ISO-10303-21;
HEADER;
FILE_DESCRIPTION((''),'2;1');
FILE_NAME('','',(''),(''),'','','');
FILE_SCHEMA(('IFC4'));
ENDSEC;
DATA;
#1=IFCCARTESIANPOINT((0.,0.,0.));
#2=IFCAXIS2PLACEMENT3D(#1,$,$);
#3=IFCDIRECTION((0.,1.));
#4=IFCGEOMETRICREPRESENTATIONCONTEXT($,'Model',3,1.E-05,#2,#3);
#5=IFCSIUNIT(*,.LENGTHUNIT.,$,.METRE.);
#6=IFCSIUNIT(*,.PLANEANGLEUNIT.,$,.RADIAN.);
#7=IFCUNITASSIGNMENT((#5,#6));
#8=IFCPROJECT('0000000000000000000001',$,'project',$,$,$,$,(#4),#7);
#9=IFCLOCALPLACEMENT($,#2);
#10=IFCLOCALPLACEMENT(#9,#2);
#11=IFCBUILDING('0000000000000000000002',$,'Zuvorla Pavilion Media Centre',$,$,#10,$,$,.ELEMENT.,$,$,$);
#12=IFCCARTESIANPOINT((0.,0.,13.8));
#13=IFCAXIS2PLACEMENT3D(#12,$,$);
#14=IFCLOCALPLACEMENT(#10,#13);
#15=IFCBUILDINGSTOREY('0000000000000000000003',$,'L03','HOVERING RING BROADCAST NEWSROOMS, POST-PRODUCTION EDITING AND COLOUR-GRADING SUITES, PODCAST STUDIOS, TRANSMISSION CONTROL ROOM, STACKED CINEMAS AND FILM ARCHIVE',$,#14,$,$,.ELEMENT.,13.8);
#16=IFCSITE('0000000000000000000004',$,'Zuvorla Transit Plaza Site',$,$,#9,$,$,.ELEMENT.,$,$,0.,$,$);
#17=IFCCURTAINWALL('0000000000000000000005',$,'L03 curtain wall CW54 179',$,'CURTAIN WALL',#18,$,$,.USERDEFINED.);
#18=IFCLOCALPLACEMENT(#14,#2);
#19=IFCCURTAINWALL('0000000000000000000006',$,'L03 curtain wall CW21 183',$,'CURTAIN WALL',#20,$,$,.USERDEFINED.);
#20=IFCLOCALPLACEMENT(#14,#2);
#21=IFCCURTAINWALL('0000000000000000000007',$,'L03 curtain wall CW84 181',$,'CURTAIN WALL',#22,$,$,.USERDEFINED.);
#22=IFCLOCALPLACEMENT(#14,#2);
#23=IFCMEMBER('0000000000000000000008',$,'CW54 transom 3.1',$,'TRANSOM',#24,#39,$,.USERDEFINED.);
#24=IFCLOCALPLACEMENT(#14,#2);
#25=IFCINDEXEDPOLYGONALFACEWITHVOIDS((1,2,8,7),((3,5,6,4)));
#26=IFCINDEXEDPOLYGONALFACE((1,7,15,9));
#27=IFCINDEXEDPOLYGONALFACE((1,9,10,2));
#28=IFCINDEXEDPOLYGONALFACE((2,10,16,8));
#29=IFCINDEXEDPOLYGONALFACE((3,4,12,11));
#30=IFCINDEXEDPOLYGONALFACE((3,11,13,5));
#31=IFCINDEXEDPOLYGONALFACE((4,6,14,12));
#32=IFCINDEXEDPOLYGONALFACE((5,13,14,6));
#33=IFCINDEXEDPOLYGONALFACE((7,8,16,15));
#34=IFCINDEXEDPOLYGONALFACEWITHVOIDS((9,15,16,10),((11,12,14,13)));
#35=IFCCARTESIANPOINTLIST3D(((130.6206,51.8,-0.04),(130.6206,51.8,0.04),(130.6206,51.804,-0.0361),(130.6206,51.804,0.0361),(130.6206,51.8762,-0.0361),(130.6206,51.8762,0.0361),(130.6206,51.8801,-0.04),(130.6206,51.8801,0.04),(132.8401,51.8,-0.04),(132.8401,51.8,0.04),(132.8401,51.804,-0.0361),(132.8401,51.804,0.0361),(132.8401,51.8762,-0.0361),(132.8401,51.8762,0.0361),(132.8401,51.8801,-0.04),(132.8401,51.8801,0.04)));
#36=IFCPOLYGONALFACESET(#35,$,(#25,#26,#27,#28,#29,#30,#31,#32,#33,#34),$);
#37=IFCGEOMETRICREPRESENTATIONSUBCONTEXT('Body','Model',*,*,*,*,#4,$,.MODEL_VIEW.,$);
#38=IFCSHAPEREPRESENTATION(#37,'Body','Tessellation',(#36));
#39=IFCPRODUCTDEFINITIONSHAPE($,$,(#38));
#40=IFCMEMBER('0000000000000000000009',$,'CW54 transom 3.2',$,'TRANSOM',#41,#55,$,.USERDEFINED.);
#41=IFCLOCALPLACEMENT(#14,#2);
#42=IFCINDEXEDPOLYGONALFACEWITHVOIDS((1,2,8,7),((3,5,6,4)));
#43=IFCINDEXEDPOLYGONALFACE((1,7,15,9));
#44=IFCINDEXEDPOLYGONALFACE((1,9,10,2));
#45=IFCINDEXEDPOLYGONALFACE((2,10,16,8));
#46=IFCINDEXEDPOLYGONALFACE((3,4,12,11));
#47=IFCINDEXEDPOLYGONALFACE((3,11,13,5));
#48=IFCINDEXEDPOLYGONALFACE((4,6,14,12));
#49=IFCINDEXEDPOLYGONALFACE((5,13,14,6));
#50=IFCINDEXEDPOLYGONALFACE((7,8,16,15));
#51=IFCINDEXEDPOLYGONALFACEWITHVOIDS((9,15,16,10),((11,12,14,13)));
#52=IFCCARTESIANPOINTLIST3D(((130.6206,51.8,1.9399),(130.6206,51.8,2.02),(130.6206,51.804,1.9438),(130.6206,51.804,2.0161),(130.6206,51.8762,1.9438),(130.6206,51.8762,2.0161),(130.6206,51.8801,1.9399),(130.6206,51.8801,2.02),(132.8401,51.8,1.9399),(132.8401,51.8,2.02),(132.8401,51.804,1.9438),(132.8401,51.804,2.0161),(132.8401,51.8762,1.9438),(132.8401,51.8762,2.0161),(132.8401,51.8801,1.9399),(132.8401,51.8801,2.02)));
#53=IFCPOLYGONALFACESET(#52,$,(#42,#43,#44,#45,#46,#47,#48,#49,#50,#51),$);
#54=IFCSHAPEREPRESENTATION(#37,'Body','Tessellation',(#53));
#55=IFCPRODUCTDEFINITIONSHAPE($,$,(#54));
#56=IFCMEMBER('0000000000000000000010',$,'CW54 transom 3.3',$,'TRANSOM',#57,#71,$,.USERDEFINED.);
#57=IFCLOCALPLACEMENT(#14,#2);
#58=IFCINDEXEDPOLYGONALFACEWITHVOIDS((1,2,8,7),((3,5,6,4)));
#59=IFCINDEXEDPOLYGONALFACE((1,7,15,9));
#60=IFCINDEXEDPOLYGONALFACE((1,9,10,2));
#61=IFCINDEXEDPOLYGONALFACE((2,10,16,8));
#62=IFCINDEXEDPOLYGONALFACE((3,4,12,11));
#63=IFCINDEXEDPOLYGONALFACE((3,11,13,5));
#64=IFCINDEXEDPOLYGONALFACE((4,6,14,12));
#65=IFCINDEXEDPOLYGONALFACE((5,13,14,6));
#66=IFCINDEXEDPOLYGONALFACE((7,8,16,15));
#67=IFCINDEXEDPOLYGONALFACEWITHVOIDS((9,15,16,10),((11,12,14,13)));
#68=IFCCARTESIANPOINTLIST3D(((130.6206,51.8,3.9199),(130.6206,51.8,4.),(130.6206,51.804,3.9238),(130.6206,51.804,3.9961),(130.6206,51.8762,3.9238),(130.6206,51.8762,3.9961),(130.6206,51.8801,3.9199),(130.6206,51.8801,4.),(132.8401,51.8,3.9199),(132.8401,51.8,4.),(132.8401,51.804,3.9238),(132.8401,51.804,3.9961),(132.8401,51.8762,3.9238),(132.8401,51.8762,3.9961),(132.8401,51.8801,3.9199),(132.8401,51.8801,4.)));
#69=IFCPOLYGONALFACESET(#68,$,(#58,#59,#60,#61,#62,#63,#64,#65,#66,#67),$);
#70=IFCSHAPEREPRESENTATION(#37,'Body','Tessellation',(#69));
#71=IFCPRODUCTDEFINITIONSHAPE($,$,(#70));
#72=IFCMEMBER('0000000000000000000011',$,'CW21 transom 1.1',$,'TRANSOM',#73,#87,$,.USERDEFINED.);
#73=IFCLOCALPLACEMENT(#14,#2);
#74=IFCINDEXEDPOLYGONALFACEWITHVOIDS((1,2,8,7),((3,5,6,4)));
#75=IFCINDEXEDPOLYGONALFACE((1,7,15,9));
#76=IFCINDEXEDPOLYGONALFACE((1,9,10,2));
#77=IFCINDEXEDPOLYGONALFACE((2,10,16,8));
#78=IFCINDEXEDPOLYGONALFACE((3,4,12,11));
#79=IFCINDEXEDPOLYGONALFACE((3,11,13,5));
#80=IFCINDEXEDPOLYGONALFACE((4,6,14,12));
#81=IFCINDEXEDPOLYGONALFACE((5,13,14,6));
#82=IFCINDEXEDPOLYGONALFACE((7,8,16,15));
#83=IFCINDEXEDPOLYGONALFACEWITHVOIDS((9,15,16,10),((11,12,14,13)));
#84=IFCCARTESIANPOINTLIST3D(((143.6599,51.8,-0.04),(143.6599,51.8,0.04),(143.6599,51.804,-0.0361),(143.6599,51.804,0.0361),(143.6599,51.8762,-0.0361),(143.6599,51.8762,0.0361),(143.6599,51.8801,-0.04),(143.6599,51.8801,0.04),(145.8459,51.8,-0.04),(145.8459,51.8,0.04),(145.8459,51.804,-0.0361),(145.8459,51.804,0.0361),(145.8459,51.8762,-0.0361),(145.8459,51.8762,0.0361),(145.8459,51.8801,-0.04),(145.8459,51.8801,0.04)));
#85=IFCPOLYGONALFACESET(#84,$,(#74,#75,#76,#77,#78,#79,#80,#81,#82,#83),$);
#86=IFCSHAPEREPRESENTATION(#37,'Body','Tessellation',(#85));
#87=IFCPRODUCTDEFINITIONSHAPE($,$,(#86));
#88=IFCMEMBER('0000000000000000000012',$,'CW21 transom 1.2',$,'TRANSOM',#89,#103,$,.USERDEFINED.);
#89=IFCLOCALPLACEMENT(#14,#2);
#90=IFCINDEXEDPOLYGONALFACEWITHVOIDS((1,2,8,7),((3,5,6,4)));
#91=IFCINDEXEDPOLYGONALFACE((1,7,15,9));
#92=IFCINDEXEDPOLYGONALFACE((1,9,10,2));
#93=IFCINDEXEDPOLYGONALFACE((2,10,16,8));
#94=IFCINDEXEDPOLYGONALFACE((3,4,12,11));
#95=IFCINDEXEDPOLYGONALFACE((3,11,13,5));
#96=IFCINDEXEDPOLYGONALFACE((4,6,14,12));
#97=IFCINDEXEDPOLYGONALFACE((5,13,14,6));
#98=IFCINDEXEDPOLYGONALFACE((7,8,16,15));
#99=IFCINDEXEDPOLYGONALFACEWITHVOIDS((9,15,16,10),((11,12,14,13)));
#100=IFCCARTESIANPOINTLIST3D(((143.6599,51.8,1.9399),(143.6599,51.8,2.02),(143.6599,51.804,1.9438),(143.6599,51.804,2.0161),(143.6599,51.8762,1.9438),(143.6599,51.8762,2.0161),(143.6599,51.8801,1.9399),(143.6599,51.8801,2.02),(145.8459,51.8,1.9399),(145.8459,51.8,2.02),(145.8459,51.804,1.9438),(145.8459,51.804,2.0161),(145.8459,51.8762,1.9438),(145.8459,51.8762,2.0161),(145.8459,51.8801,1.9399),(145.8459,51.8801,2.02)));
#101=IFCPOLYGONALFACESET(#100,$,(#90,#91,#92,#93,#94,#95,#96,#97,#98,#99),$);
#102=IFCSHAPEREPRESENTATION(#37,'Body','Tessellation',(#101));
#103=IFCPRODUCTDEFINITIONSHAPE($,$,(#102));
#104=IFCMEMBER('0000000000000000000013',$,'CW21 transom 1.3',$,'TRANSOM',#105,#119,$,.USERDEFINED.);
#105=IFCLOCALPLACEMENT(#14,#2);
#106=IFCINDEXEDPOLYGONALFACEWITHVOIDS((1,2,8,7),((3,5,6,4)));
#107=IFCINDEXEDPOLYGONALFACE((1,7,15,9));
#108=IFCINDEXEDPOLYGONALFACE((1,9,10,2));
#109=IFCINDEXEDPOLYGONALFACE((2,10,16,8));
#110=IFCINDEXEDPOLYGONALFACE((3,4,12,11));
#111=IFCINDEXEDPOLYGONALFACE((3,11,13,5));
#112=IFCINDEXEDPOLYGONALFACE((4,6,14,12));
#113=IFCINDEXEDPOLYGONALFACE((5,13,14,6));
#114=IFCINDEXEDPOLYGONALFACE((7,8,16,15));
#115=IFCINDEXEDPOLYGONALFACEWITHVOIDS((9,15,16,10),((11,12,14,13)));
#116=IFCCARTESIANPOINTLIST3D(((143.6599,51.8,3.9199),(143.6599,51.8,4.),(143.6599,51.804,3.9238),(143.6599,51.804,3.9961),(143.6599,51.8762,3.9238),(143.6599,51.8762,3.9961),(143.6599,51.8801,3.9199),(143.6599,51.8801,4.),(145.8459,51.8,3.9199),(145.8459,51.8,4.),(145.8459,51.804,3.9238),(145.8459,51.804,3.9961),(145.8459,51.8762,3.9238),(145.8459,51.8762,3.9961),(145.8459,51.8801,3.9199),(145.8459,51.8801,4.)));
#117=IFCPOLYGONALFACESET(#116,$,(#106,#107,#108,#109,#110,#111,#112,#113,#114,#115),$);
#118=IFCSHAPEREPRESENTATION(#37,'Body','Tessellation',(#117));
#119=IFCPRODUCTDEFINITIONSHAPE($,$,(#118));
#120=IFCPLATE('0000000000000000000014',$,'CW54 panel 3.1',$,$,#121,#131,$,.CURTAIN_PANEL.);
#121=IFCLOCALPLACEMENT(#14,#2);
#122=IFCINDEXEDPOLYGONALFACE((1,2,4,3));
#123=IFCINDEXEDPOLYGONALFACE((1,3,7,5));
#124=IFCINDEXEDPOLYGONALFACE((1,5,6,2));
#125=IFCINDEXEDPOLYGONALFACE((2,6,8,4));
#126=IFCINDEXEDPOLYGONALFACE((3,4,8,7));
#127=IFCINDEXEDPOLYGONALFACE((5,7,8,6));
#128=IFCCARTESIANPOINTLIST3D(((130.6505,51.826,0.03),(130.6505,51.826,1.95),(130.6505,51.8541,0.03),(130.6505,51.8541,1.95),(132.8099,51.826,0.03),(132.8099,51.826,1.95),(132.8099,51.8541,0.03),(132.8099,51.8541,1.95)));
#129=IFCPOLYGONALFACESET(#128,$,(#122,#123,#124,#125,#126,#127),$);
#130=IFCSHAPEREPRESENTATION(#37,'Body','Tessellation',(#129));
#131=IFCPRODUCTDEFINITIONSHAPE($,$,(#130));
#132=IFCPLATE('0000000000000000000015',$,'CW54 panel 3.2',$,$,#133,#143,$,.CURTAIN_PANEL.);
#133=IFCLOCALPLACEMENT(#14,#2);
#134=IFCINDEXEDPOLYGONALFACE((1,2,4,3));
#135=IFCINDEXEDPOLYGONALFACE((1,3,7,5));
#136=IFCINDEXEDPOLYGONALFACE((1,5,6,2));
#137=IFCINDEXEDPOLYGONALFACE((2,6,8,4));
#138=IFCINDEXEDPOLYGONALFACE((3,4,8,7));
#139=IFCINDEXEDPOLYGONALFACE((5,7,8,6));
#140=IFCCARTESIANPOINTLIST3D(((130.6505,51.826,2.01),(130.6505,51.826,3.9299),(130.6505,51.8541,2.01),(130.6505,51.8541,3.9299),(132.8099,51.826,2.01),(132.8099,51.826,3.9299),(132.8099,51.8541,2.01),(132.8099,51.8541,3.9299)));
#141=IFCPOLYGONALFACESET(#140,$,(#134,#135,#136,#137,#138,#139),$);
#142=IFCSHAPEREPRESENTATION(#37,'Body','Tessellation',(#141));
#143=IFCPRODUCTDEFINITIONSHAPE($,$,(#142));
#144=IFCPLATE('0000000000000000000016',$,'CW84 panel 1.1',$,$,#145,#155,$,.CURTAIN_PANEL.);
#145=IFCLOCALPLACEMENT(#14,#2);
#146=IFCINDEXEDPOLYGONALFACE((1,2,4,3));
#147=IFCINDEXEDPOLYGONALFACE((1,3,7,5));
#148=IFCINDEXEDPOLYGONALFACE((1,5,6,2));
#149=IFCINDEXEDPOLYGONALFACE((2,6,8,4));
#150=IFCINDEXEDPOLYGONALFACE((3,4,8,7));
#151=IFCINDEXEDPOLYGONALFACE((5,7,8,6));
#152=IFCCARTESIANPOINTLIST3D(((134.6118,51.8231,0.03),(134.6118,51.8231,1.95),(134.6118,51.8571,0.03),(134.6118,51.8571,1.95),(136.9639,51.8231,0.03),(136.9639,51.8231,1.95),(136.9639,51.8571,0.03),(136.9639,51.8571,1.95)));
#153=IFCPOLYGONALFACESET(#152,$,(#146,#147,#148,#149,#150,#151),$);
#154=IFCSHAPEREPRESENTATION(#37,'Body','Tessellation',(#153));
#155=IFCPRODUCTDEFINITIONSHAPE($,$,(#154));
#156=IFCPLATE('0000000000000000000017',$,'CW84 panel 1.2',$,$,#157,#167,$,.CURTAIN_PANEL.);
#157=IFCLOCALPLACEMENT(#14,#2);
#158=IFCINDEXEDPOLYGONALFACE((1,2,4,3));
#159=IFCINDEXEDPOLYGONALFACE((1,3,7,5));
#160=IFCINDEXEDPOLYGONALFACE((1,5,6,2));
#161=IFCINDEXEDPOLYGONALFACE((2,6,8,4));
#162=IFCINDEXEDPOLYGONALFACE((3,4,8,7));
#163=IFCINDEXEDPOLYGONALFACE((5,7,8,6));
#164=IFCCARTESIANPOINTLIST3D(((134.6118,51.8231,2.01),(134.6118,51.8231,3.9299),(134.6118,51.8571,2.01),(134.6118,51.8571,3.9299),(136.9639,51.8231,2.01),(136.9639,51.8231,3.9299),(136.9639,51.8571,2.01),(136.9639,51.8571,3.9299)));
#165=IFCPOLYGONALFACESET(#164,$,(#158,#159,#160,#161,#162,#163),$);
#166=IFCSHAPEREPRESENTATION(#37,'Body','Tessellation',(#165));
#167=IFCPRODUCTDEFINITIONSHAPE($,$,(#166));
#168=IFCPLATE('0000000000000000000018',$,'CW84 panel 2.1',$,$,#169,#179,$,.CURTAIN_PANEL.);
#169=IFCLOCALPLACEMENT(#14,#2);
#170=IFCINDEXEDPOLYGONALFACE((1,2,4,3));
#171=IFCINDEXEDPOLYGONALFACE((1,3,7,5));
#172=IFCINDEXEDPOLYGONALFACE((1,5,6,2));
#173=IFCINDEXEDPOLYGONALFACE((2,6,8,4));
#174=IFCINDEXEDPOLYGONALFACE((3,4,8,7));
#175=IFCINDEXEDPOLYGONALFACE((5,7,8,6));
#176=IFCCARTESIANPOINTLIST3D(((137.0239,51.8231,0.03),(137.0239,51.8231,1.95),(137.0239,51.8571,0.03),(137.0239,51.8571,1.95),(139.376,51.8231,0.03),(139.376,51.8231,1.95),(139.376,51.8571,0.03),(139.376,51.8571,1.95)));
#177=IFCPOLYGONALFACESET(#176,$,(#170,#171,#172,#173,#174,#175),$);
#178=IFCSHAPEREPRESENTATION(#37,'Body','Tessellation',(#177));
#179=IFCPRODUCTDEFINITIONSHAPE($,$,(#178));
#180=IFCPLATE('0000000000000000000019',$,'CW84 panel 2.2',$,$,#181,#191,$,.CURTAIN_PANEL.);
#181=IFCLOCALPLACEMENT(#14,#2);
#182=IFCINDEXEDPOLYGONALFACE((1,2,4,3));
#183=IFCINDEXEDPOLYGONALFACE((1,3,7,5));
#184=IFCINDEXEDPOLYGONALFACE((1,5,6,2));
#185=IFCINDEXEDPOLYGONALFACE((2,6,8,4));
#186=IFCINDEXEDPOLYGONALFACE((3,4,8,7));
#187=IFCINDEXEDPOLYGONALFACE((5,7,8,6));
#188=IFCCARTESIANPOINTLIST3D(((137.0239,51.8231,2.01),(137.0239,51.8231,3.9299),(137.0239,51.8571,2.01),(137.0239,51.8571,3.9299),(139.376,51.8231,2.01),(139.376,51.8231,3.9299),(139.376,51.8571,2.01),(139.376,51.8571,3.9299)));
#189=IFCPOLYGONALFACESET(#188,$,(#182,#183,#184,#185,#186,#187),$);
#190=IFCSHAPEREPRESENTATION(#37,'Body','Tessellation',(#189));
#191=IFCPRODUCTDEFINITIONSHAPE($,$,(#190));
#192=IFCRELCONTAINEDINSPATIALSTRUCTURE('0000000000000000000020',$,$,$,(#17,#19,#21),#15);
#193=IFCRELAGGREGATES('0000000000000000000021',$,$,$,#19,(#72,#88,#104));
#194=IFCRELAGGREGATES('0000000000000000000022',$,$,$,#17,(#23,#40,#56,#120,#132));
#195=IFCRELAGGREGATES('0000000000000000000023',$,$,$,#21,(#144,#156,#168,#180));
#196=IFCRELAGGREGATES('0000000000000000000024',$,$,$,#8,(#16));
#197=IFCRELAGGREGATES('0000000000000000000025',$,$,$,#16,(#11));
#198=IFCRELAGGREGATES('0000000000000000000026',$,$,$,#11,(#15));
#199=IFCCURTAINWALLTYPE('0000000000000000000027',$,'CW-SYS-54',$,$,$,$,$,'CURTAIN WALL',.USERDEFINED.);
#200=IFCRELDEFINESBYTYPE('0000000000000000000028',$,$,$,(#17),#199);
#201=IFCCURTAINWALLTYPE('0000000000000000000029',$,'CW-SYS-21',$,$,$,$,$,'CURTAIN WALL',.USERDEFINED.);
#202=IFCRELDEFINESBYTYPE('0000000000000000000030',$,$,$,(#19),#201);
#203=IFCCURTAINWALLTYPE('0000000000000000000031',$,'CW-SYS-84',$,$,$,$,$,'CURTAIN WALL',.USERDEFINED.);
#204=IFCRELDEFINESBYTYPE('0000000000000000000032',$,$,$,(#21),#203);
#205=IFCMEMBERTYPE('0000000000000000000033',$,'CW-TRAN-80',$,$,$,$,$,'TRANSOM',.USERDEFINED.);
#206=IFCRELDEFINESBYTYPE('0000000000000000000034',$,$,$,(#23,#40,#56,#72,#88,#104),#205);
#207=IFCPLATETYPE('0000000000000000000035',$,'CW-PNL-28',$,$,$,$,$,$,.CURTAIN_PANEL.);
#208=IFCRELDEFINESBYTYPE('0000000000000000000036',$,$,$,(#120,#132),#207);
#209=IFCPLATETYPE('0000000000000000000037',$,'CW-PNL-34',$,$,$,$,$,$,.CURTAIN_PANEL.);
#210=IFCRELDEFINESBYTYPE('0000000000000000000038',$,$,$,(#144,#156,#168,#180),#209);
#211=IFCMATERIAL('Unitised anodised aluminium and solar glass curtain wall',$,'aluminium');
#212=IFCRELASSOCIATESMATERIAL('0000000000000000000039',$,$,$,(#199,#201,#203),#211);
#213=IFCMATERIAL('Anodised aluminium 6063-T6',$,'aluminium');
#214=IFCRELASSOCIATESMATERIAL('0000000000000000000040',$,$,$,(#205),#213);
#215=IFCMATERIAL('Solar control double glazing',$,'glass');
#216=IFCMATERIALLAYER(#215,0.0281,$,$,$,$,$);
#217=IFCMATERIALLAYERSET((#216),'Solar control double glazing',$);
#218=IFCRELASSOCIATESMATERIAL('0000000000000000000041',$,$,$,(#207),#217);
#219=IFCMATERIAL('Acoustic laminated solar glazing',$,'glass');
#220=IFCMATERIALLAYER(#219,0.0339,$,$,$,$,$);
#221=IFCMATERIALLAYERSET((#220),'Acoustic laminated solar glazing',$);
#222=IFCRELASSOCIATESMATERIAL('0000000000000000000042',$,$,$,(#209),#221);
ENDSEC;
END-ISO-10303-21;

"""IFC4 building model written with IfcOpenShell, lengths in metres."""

from ifc_helpers import new_model, si_unit, direction, frame, origin, origin_2d, place, context, subcontext, project, spatial, rectangle, hollow_rectangle, extrude, material, layer, layer_set, material_profile, profile_set, type_object, element, aggregate, save


model = new_model("IFC4")

# Units and contexts
model_context = context("Model", 3, precision=1e-05, world=origin(), true_north=direction((0.0, 1.0)))
body_context = subcontext(model_context, "Body", "Model", "MODEL_VIEW")
ifc_project = project(units=[si_unit("LENGTHUNIT", "METRE"), si_unit("PLANEANGLEUNIT", "RADIAN")], contexts=[model_context])

# Site, building, storey
site_placement = place(None, origin())
site = spatial("IfcSite", under=ifc_project, at=site_placement, Name="Zuvorla Transit Plaza Site", CompositionType="ELEMENT", RefElevation=0.0)
building_placement = place(site_placement, origin())
building = spatial("IfcBuilding", under=site, at=building_placement, Name="Zuvorla Pavilion Media Centre", CompositionType="ELEMENT")
storey_placement = place(building_placement, frame((0.0, 0.0, 13.8)))
storey = spatial("IfcBuildingStorey", under=building, at=storey_placement, Name="L03", Description="HOVERING RING BROADCAST NEWSROOMS, POST-PRODUCTION EDITING AND COLOUR-GRADING SUITES, PODCAST STUDIOS, TRANSMISSION CONTROL ROOM, STACKED CINEMAS AND FILM ARCHIVE", CompositionType="ELEMENT", Elevation=13.8)

# Curtain wall
ifc_material_1 = material(Name="Unitised anodised aluminium and solar glass curtain wall", Category="aluminium")
curtain_wall_type_1 = type_object("IfcCurtainWallType", Name="CW-SYS-54", ElementType="CURTAIN WALL", PredefinedType="USERDEFINED", material=ifc_material_1)
curtain_wall_1_placement = place(storey_placement, origin())
curtain_wall_1 = element("IfcCurtainWall", 1, at=curtain_wall_1_placement, inside=storey, type_object=curtain_wall_type_1, Name="L03 curtain wall CW54 179", ObjectType="CURTAIN WALL", PredefinedType="USERDEFINED")
ifc_material_2 = material(Name="Anodised aluminium 6063-T6", Category="aluminium")

# Curtain wall
curtain_wall_type_2 = type_object("IfcCurtainWallType", Name="CW-SYS-21", ElementType="CURTAIN WALL", PredefinedType="USERDEFINED", material=ifc_material_1)
curtain_wall_2_placement = place(storey_placement, origin())
curtain_wall_2 = element("IfcCurtainWall", 2, at=curtain_wall_2_placement, inside=storey, type_object=curtain_wall_type_2, Name="L03 curtain wall CW21 183", ObjectType="CURTAIN WALL", PredefinedType="USERDEFINED")

# Curtain wall
curtain_wall_type_3 = type_object("IfcCurtainWallType", Name="CW-SYS-84", ElementType="CURTAIN WALL", PredefinedType="USERDEFINED", material=ifc_material_1)
curtain_wall_3_placement = place(storey_placement, origin())
curtain_wall_3 = element("IfcCurtainWall", 3, at=curtain_wall_3_placement, inside=storey, type_object=curtain_wall_type_3, Name="L03 curtain wall CW84 181", ObjectType="CURTAIN WALL", PredefinedType="USERDEFINED")

# Members
ifc_material_profile_1 = material_profile(ifc_material_2, hollow_rectangle(XDim=0.0801, YDim=0.0801, WallThickness=0.0039, at=origin_2d()), Name="ALU TRAN 80x80")
ifc_profile_set_1 = profile_set([ifc_material_profile_1], Name="Anodised aluminium 6063-T6")
member_type_1 = type_object("IfcMemberType", Name="CW-TRAN-80", ElementType="TRANSOM", PredefinedType="USERDEFINED", material=ifc_profile_set_1)
member_1_placement = place(storey_placement, frame((130.6206, 51.8401, 0.0), z_axis=(1.0, 0.0, 0.0), x_axis=(0.0, 1.0, 0.0)))
member_1 = element("IfcMember", 4, at=member_1_placement, type_object=member_type_1, Name="CW54 transom 3.1", ObjectType="TRANSOM", PredefinedType="USERDEFINED", context=body_context, shape_type="SweptSolid", body=[
    extrude(hollow_rectangle(XDim=0.0801, YDim=0.0801, WallThickness=0.0039, at=origin_2d()), origin(), (0.0, 0.0, 1.0), 2.2195),
])
member_2_placement = place(storey_placement, frame((130.6206, 51.8401, 1.98), z_axis=(1.0, 0.0, 0.0), x_axis=(0.0, 1.0, 0.0)))
member_2 = element("IfcMember", 5, at=member_2_placement, type_object=member_type_1, Name="CW54 transom 3.2", ObjectType="TRANSOM", PredefinedType="USERDEFINED", context=body_context, shape_type="SweptSolid", body=[
    extrude(hollow_rectangle(XDim=0.0801, YDim=0.0801, WallThickness=0.0039, at=origin_2d()), origin(), (0.0, 0.0, 1.0), 2.2195),
])
member_3_placement = place(storey_placement, frame((130.6206, 51.8401, 3.96), z_axis=(1.0, 0.0, 0.0), x_axis=(0.0, 1.0, 0.0)))
member_3 = element("IfcMember", 6, at=member_3_placement, type_object=member_type_1, Name="CW54 transom 3.3", ObjectType="TRANSOM", PredefinedType="USERDEFINED", context=body_context, shape_type="SweptSolid", body=[
    extrude(hollow_rectangle(XDim=0.0801, YDim=0.0801, WallThickness=0.0039, at=origin_2d()), origin(), (0.0, 0.0, 1.0), 2.2195),
])
member_4_placement = place(storey_placement, frame((143.6599, 51.8401, 0.0), z_axis=(1.0, 0.0, 0.0), x_axis=(0.0, 1.0, 0.0)))
member_4 = element("IfcMember", 7, at=member_4_placement, type_object=member_type_1, Name="CW21 transom 1.1", ObjectType="TRANSOM", PredefinedType="USERDEFINED", context=body_context, shape_type="SweptSolid", body=[
    extrude(hollow_rectangle(XDim=0.0801, YDim=0.0801, WallThickness=0.0039, at=origin_2d()), origin(), (0.0, 0.0, 1.0), 2.186),
])
member_5_placement = place(storey_placement, frame((143.6599, 51.8401, 1.98), z_axis=(1.0, 0.0, 0.0), x_axis=(0.0, 1.0, 0.0)))
member_5 = element("IfcMember", 8, at=member_5_placement, type_object=member_type_1, Name="CW21 transom 1.2", ObjectType="TRANSOM", PredefinedType="USERDEFINED", context=body_context, shape_type="SweptSolid", body=[
    extrude(hollow_rectangle(XDim=0.0801, YDim=0.0801, WallThickness=0.0039, at=origin_2d()), origin(), (0.0, 0.0, 1.0), 2.186),
])
member_6_placement = place(storey_placement, frame((143.6599, 51.8401, 3.96), z_axis=(1.0, 0.0, 0.0), x_axis=(0.0, 1.0, 0.0)))
member_6 = element("IfcMember", 9, at=member_6_placement, type_object=member_type_1, Name="CW21 transom 1.3", ObjectType="TRANSOM", PredefinedType="USERDEFINED", context=body_context, shape_type="SweptSolid", body=[
    extrude(hollow_rectangle(XDim=0.0801, YDim=0.0801, WallThickness=0.0039, at=origin_2d()), origin(), (0.0, 0.0, 1.0), 2.186),
])
aggregate(curtain_wall_2, [member_4, member_5, member_6])

# Plates
ifc_material_3 = material(Name="Solar control double glazing", Category="glass")
ifc_layer_1 = layer(ifc_material_3, 0.0281)
ifc_layer_set_1 = layer_set([ifc_layer_1], Name="Solar control double glazing")
plate_type_1 = type_object("IfcPlateType", Name="CW-PNL-28", PredefinedType="CURTAIN_PANEL", material=ifc_layer_set_1)
plate_1_placement = place(storey_placement, frame((131.7302, 51.8401, 0.03), z_axis=(0.0, 0.0, 1.0), x_axis=(1.0, 0.0, 0.0)))
plate_1 = element("IfcPlate", 10, at=plate_1_placement, type_object=plate_type_1, Name="CW54 panel 3.1", PredefinedType="CURTAIN_PANEL", context=body_context, shape_type="SweptSolid", body=[
    extrude(rectangle(XDim=2.1594, YDim=0.0281, at=origin_2d()), origin(), (0.0, 0.0, 1.0), 1.9199),
])
plate_2_placement = place(storey_placement, frame((131.7302, 51.8401, 2.01), z_axis=(0.0, 0.0, 1.0), x_axis=(1.0, 0.0, 0.0)))
plate_2 = element("IfcPlate", 11, at=plate_2_placement, type_object=plate_type_1, Name="CW54 panel 3.2", PredefinedType="CURTAIN_PANEL", context=body_context, shape_type="SweptSolid", body=[
    extrude(rectangle(XDim=2.1594, YDim=0.0281, at=origin_2d()), origin(), (0.0, 0.0, 1.0), 1.9199),
])
aggregate(curtain_wall_1, [member_1, member_2, member_3, plate_1, plate_2])
ifc_material_4 = material(Name="Acoustic laminated solar glazing", Category="glass")
ifc_layer_2 = layer(ifc_material_4, 0.0339)
ifc_layer_set_2 = layer_set([ifc_layer_2], Name="Acoustic laminated solar glazing")
plate_type_2 = type_object("IfcPlateType", Name="CW-PNL-34", PredefinedType="CURTAIN_PANEL", material=ifc_layer_set_2)
plate_3_placement = place(storey_placement, frame((135.7878, 51.8401, 0.03), z_axis=(0.0, 0.0, 1.0), x_axis=(1.0, 0.0, 0.0)))
plate_3 = element("IfcPlate", 12, at=plate_3_placement, type_object=plate_type_2, Name="CW84 panel 1.1", PredefinedType="CURTAIN_PANEL", context=body_context, shape_type="SweptSolid", body=[
    extrude(rectangle(XDim=2.3521, YDim=0.0339, at=origin_2d()), origin(), (0.0, 0.0, 1.0), 1.9199),
])
plate_4_placement = place(storey_placement, frame((135.7878, 51.8401, 2.01), z_axis=(0.0, 0.0, 1.0), x_axis=(1.0, 0.0, 0.0)))
plate_4 = element("IfcPlate", 13, at=plate_4_placement, type_object=plate_type_2, Name="CW84 panel 1.2", PredefinedType="CURTAIN_PANEL", context=body_context, shape_type="SweptSolid", body=[
    extrude(rectangle(XDim=2.3521, YDim=0.0339, at=origin_2d()), origin(), (0.0, 0.0, 1.0), 1.9199),
])
plate_5_placement = place(storey_placement, frame((138.2, 51.8401, 0.03), z_axis=(0.0, 0.0, 1.0), x_axis=(1.0, 0.0, 0.0)))
plate_5 = element("IfcPlate", 14, at=plate_5_placement, type_object=plate_type_2, Name="CW84 panel 2.1", PredefinedType="CURTAIN_PANEL", context=body_context, shape_type="SweptSolid", body=[
    extrude(rectangle(XDim=2.3521, YDim=0.0339, at=origin_2d()), origin(), (0.0, 0.0, 1.0), 1.9199),
])
plate_6_placement = place(storey_placement, frame((138.2, 51.8401, 2.01), z_axis=(0.0, 0.0, 1.0), x_axis=(1.0, 0.0, 0.0)))
plate_6 = element("IfcPlate", 15, at=plate_6_placement, type_object=plate_type_2, Name="CW84 panel 2.2", PredefinedType="CURTAIN_PANEL", context=body_context, shape_type="SweptSolid", body=[
    extrude(rectangle(XDim=2.3521, YDim=0.0339, at=origin_2d()), origin(), (0.0, 0.0, 1.0), 1.9199),
])
aggregate(curtain_wall_3, [plate_3, plate_4, plate_5, plate_6])

save(model, "model.ifc")
